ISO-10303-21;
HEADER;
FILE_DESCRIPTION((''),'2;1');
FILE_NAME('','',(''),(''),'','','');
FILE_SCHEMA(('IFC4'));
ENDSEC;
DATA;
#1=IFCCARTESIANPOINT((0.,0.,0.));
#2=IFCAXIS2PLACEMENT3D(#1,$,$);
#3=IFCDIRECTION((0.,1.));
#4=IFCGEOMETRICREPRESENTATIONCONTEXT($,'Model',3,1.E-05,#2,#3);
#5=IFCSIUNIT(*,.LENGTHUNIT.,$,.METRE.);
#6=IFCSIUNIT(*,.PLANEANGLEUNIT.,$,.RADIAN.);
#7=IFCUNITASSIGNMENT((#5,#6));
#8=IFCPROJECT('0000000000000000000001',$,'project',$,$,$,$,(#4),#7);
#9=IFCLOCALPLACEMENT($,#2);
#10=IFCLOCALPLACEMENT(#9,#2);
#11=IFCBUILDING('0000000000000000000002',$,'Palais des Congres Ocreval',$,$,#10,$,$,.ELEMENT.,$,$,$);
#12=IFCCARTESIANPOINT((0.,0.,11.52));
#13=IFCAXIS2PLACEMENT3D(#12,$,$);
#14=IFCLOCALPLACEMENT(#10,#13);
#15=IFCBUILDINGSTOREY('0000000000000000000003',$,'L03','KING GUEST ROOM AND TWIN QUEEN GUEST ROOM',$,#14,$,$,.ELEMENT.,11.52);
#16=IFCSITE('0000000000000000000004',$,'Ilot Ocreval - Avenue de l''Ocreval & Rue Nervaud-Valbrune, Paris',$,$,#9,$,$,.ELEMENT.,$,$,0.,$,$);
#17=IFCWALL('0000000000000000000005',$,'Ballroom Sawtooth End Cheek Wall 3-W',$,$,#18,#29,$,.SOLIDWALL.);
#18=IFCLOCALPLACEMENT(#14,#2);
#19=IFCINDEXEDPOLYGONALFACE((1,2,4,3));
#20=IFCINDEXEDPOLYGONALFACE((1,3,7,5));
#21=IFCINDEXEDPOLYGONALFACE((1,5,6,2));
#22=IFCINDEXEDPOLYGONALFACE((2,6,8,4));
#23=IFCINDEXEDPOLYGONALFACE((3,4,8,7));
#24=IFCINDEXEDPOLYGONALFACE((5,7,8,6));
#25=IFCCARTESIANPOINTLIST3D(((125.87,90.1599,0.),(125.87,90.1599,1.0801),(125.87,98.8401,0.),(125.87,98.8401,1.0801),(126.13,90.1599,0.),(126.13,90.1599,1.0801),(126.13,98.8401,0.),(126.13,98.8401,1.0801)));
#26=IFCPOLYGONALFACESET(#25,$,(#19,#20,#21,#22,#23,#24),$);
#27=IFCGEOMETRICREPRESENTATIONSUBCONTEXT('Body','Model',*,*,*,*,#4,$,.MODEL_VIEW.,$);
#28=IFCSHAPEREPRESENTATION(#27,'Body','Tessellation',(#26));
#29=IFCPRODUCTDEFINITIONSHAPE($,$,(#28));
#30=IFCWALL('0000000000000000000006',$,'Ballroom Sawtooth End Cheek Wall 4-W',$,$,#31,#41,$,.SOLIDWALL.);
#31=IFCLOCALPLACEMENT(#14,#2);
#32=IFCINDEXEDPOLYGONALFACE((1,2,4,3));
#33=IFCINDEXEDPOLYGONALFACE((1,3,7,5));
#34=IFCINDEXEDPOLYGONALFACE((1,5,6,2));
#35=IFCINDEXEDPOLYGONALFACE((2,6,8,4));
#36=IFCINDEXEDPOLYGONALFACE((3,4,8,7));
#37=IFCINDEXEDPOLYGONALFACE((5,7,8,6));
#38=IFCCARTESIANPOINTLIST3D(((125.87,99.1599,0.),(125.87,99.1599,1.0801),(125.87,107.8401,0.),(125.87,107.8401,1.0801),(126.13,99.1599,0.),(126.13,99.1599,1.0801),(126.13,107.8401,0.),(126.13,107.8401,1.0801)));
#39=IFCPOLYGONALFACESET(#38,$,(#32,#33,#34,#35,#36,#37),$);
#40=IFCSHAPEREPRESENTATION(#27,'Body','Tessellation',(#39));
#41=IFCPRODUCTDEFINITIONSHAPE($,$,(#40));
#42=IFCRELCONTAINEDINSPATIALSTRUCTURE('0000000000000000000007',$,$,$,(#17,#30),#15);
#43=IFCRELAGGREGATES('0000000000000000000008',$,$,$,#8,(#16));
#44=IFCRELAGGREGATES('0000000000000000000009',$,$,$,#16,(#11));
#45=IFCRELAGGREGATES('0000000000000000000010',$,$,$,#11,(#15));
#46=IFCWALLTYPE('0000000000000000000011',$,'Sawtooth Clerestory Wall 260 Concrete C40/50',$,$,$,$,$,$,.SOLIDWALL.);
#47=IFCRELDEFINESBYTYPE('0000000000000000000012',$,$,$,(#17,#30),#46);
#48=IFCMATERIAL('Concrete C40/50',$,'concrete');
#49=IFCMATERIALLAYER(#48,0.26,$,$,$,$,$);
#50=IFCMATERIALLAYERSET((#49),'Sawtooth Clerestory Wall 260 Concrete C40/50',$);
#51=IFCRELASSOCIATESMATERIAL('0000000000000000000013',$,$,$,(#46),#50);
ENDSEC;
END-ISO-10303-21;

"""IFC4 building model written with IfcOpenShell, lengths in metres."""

from ifc_helpers import new_model, si_unit, direction, frame, frame_2d, origin, place, context, subcontext, project, spatial, rectangle, extrude, material, layer, layer_set, type_object, element, save


model = new_model("IFC4")

# Units and contexts
model_context = context("Model", 3, precision=1e-05, world=origin(), true_north=direction((0.0, 1.0)))
body_context = subcontext(model_context, "Body", "Model", "MODEL_VIEW")
ifc_project = project(units=[si_unit("LENGTHUNIT", "METRE"), si_unit("PLANEANGLEUNIT", "RADIAN")], contexts=[model_context])

# Site, building, storey
site_placement = place(None, origin())
site = spatial("IfcSite", under=ifc_project, at=site_placement, Name="Ilot Ocreval - Avenue de l'Ocreval & Rue Nervaud-Valbrune, Paris", CompositionType="ELEMENT", RefElevation=0.0)
building_placement = place(site_placement, origin())
building = spatial("IfcBuilding", under=site, at=building_placement, Name="Palais des Congres Ocreval", CompositionType="ELEMENT")
storey_placement = place(building_placement, frame((0.0, 0.0, 11.52)))
storey = spatial("IfcBuildingStorey", under=building, at=storey_placement, Name="L03", Description="KING GUEST ROOM AND TWIN QUEEN GUEST ROOM", CompositionType="ELEMENT", Elevation=11.52)

# Shared definitions
ifc_material_1 = material(Name="Concrete C40/50", Category="concrete")

# Shared definitions
ifc_layer_1 = layer(ifc_material_1, 0.26)
ifc_layer_set_1 = layer_set([ifc_layer_1], Name="Sawtooth Clerestory Wall 260 Concrete C40/50")
wall_type = type_object("IfcWallType", Name="Sawtooth Clerestory Wall 260 Concrete C40/50", PredefinedType="SOLIDWALL", material=ifc_layer_set_1)

# Walls
for number, where, z_axis, x_axis, name in (
    (1, (126.0, 90.1599, 0.0), (0.0, 0.0, 1.0), (0.0, 1.0, 0.0), "Ballroom Sawtooth End Cheek Wall 3-W"),
    (2, (126.0, 99.1599, 0.0), (0.0, 0.0, 1.0), (0.0, 1.0, 0.0), "Ballroom Sawtooth End Cheek Wall 4-W"),
):
    element("IfcWall", number, at=place(storey_placement, frame(where, z_axis=z_axis, x_axis=x_axis)), inside=storey, type_object=wall_type, Name=name, PredefinedType="SOLIDWALL", context=body_context, shape_type="SweptSolid", body=[
        extrude(rectangle(XDim=8.6802, YDim=0.26, at=frame_2d((4.3401, 0.0))), origin(), (0.0, 0.0, 1.0), 1.0801),
    ])

save(model, "model.ifc")
